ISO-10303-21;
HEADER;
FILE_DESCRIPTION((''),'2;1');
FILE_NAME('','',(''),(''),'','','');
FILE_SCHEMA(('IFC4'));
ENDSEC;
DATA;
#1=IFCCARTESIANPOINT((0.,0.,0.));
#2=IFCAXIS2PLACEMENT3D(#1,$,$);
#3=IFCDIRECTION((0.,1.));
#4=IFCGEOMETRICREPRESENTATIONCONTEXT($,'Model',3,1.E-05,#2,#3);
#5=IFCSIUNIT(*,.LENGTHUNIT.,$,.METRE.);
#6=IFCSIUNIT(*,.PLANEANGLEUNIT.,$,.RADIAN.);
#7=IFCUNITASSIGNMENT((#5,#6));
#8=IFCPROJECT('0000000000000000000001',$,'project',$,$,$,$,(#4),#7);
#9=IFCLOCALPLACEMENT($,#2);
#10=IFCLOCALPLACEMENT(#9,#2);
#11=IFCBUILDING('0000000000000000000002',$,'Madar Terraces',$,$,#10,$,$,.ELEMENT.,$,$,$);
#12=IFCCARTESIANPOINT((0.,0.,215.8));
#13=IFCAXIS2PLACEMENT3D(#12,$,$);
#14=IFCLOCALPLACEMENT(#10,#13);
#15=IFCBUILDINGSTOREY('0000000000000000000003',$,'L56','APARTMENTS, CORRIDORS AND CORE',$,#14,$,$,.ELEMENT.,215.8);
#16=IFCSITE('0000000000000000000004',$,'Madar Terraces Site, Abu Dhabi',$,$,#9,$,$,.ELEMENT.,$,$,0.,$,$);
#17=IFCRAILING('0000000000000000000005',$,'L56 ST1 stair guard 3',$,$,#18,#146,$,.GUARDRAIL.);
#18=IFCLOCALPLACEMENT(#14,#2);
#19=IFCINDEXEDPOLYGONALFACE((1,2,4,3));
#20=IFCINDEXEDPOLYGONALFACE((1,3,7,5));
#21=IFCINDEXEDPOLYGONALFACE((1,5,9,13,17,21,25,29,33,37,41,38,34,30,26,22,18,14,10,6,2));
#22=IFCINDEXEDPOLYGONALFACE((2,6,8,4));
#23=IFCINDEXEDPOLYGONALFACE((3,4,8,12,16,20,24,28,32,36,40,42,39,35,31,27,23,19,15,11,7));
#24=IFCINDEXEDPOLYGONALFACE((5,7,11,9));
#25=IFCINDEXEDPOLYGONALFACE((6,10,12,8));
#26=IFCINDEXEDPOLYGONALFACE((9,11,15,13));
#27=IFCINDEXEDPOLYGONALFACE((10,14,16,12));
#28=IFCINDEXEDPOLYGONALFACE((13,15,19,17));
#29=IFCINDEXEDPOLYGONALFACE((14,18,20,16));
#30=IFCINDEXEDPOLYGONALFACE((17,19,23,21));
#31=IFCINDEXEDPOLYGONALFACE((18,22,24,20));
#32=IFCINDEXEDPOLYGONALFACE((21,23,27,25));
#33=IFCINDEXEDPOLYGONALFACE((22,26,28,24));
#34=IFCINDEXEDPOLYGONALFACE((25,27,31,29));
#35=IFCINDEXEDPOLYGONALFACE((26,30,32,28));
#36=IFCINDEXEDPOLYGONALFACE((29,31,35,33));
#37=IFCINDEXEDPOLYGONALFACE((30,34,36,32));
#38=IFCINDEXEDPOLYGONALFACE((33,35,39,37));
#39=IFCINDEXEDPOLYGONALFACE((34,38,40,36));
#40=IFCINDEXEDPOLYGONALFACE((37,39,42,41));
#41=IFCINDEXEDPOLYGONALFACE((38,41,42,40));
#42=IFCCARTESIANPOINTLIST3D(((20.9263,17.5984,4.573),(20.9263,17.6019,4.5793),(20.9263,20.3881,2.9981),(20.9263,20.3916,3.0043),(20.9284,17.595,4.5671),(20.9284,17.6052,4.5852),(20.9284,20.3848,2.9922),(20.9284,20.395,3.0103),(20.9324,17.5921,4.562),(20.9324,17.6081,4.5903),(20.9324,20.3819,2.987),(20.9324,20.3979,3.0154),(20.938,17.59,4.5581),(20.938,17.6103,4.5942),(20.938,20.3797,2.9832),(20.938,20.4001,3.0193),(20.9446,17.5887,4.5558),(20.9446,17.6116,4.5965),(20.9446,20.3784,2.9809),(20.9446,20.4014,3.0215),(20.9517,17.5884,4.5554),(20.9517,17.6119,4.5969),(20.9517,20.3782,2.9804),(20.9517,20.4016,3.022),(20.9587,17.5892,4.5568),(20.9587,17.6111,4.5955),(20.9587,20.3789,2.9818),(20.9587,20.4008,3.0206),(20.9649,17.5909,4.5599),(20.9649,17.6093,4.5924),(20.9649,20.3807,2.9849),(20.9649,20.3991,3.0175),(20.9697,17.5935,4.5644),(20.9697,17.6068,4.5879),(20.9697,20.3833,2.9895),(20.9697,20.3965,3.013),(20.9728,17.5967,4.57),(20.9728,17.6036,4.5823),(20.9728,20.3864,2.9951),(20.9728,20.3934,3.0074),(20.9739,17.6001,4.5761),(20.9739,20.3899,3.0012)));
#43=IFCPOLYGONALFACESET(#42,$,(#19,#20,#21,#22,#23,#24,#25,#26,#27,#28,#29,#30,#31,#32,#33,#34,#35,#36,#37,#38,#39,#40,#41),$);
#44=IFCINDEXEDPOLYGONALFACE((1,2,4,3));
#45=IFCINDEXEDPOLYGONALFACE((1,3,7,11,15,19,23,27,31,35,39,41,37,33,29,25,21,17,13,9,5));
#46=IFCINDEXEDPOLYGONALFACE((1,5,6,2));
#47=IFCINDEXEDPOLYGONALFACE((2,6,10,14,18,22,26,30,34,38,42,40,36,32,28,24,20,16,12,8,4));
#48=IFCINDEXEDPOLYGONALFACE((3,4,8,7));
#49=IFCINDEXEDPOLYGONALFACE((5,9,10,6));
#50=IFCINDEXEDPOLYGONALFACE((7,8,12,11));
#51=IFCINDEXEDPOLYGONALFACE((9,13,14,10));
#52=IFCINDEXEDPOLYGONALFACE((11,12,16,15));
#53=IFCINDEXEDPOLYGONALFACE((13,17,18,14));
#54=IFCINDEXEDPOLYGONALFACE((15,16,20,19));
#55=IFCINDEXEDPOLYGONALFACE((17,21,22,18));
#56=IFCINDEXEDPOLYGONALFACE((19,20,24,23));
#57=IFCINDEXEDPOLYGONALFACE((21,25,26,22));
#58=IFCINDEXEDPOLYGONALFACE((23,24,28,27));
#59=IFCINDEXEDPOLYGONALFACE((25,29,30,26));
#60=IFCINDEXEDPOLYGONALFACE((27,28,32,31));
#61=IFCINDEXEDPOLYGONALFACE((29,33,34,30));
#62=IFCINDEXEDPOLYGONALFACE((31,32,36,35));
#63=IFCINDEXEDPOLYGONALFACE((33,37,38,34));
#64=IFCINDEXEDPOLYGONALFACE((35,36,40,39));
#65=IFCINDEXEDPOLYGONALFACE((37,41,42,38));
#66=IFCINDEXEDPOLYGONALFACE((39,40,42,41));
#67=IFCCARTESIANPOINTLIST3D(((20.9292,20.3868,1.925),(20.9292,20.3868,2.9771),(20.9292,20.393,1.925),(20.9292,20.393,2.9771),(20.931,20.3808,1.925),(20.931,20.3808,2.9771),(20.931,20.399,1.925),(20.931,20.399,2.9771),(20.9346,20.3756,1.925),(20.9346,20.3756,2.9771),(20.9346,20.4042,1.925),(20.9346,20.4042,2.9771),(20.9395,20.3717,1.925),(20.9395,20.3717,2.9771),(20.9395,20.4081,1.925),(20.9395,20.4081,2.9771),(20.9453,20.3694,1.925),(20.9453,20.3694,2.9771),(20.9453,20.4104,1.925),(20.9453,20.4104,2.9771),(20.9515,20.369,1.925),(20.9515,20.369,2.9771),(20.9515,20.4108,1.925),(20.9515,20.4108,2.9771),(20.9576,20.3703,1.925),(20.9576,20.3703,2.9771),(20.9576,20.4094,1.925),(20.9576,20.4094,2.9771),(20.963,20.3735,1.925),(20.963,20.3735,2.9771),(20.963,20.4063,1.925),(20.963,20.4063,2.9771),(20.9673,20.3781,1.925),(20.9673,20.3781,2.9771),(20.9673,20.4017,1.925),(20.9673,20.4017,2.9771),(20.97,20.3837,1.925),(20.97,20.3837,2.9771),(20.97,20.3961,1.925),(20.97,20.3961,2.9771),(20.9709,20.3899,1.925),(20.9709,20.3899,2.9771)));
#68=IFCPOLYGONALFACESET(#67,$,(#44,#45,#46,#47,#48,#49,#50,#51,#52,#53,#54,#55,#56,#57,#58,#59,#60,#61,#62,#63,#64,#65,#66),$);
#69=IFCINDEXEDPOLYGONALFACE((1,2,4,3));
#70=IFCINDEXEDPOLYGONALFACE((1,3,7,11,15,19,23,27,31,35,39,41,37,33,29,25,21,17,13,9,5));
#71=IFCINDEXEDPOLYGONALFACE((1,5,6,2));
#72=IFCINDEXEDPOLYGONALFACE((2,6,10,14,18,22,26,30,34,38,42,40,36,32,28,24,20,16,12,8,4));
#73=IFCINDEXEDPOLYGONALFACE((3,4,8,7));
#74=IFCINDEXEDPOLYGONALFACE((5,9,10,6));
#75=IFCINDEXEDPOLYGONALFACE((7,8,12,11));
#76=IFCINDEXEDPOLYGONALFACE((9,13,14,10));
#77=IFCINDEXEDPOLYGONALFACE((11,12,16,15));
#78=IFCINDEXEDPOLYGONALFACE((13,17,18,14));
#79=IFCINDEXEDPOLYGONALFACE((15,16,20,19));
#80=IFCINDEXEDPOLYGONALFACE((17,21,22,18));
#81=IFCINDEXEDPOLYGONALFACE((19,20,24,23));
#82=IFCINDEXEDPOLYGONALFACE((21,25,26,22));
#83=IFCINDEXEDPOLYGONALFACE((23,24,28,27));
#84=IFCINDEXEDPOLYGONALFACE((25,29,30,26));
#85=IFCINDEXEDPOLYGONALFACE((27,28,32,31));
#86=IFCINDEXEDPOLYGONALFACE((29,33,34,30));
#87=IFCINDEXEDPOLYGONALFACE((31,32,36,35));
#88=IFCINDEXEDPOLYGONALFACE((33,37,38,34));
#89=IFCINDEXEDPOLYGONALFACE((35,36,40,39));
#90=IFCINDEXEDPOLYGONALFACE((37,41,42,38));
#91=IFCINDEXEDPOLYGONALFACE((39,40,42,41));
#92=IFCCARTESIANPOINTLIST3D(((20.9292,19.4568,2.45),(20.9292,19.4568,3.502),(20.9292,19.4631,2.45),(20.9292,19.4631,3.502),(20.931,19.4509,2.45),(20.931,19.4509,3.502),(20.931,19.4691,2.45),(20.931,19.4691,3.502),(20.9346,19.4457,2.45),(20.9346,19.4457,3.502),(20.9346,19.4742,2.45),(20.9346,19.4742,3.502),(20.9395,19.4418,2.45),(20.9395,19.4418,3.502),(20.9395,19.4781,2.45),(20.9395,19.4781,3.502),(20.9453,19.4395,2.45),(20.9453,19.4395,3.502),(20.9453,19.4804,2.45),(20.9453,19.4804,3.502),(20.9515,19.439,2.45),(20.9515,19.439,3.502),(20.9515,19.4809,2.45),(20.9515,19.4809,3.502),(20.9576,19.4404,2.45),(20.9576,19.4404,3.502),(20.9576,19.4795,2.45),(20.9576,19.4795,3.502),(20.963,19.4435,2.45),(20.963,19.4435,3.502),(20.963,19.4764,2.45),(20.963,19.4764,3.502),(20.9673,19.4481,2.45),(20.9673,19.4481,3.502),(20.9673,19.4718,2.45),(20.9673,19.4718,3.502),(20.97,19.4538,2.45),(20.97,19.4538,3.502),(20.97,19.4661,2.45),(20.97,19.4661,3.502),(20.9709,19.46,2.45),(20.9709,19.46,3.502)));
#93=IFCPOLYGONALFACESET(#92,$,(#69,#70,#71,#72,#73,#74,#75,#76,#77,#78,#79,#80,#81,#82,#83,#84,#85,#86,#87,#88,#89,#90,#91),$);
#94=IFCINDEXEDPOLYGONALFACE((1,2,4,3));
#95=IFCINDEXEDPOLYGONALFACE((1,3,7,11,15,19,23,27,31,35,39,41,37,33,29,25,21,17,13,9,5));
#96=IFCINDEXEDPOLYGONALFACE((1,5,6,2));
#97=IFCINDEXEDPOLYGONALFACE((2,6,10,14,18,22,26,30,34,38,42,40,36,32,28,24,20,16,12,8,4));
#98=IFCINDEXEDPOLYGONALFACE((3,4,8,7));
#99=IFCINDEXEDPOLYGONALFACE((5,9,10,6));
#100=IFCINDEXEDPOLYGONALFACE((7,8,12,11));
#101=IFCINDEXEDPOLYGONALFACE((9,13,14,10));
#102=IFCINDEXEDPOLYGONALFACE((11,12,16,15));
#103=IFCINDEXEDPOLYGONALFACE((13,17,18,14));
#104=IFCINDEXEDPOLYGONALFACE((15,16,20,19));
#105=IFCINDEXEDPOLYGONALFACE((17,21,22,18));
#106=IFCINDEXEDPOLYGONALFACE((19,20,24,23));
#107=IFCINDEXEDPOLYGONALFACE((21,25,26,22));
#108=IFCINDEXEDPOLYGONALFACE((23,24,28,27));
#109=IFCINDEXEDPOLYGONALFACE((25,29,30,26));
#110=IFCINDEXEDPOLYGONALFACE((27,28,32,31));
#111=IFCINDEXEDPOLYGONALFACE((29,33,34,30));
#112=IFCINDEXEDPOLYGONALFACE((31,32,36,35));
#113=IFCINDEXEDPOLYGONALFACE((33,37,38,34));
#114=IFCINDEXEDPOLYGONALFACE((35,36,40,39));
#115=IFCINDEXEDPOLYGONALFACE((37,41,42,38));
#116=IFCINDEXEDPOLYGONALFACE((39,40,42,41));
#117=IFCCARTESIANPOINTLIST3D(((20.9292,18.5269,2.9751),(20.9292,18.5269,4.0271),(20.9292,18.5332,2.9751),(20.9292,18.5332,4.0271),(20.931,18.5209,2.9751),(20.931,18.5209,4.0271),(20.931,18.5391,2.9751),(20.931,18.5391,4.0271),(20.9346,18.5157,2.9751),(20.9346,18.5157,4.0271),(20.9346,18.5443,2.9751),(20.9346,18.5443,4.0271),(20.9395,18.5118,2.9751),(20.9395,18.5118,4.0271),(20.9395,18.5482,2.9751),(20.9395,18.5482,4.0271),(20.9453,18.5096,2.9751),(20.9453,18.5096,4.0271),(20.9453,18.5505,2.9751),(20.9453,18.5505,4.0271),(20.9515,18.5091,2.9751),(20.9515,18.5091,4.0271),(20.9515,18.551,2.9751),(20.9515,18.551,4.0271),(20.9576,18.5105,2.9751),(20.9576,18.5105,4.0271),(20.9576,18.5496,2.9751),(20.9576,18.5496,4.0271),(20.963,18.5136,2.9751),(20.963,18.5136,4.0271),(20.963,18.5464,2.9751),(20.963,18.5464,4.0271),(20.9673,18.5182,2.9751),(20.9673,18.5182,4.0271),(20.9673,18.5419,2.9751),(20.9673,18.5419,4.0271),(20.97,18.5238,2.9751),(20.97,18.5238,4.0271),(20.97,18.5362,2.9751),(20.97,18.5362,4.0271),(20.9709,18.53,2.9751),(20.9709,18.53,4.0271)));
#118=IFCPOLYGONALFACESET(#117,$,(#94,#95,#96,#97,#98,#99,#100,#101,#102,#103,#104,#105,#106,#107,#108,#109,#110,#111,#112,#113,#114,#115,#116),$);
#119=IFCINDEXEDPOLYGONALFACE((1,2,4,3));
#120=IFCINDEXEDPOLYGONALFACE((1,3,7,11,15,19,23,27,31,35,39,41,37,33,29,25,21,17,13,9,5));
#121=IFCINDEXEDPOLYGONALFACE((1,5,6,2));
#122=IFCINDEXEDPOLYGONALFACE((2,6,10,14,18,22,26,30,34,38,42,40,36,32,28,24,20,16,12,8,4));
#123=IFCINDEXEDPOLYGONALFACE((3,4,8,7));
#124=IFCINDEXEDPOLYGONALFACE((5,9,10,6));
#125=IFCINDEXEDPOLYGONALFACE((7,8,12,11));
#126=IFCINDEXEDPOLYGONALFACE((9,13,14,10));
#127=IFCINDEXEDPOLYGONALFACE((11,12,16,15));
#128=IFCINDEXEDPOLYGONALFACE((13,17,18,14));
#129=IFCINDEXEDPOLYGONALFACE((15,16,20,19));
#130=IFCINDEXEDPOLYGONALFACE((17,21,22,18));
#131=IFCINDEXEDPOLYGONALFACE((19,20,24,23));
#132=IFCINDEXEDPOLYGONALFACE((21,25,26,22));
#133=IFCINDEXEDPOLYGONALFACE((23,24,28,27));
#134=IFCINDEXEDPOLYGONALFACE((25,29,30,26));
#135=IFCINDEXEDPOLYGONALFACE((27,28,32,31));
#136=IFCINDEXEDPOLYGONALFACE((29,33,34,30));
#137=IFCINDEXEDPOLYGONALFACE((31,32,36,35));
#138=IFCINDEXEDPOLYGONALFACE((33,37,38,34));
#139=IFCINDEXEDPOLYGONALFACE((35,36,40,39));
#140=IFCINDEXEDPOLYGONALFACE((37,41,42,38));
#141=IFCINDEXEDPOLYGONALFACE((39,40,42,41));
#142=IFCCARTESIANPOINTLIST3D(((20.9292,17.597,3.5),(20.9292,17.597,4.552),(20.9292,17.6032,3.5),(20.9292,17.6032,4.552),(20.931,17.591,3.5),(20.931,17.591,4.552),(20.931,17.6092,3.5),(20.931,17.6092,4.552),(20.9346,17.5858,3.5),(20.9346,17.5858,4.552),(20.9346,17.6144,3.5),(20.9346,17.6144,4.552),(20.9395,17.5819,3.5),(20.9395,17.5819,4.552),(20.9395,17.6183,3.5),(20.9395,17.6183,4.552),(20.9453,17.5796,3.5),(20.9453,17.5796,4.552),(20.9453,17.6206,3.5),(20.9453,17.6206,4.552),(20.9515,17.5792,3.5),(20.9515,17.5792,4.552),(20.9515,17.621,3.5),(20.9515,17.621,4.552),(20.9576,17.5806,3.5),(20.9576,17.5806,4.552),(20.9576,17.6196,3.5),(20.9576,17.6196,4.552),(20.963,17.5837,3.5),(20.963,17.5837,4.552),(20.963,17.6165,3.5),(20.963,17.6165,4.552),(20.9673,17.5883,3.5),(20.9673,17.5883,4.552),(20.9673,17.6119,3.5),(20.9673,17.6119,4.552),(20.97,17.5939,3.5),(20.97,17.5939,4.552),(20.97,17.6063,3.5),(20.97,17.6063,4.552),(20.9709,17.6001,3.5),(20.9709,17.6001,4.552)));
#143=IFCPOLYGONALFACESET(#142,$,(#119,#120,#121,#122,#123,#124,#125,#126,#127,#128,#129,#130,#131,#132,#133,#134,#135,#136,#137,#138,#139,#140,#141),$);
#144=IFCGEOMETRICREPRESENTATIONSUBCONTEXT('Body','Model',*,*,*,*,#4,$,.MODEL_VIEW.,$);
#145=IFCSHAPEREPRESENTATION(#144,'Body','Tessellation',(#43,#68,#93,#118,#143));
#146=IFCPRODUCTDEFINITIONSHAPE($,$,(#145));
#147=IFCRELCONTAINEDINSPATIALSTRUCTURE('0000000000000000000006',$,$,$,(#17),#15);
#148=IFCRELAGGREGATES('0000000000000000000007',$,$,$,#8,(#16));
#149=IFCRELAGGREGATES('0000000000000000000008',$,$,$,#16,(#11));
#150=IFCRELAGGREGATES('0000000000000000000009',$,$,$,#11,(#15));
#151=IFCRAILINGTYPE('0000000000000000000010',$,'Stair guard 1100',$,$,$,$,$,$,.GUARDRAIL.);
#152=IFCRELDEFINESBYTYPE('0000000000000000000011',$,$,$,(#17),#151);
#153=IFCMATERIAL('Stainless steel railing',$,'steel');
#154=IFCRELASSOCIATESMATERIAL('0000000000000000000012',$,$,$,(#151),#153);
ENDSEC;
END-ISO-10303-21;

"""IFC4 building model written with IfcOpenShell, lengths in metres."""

from ifc_helpers import new_model, si_unit, direction, frame, origin, origin_2d, place, context, subcontext, project, spatial, circle, extrude, material, type_object, element, save


model = new_model("IFC4")

# Units and contexts
model_context = context("Model", 3, precision=1e-05, world=origin(), true_north=direction((0.0, 1.0)))
body_context = subcontext(model_context, "Body", "Model", "MODEL_VIEW")
ifc_project = project(units=[si_unit("LENGTHUNIT", "METRE"), si_unit("PLANEANGLEUNIT", "RADIAN")], contexts=[model_context])

# Site, building, storey
site_placement = place(None, origin())
site = spatial("IfcSite", under=ifc_project, at=site_placement, Name="Madar Terraces Site, Abu Dhabi", CompositionType="ELEMENT", RefElevation=0.0)
building_placement = place(site_placement, origin())
building = spatial("IfcBuilding", under=site, at=building_placement, Name="Madar Terraces", CompositionType="ELEMENT")
storey_placement = place(building_placement, frame((0.0, 0.0, 215.8)))
storey = spatial("IfcBuildingStorey", under=building, at=storey_placement, Name="L56", Description="APARTMENTS, CORRIDORS AND CORE", CompositionType="ELEMENT", Elevation=215.8)

# Railing
ifc_material_1 = material(Name="Stainless steel railing", Category="steel")
railing_type_1 = type_object("IfcRailingType", Name="Stair guard 1100", PredefinedType="GUARDRAIL", material=ifc_material_1)
railing_1_placement = place(storey_placement, frame((20.95, 20.3899, 1.925)))
element("IfcRailing", 1, at=railing_1_placement, inside=storey, type_object=railing_type_1, Name="L56 ST1 stair guard 3", PredefinedType="GUARDRAIL", context=body_context, shape_type="SweptSolid", body=[
    extrude(circle(Radius=0.0239, at=origin_2d()), frame((0.0, 0.0, 1.0762), z_axis=(0.0, -0.870815, 0.49161), x_axis=(1.0, 0.0, 0.0)), (0.0, 0.0, 1.0), 3.2036),
    extrude(circle(Radius=0.021, at=origin_2d()), origin(), (0.0, 0.0, 1.0), 1.052),
    extrude(circle(Radius=0.021, at=origin_2d()), frame((0.0, -0.9299, 0.5249)), (0.0, 0.0, 1.0), 1.052),
    extrude(circle(Radius=0.021, at=origin_2d()), frame((0.0, -1.8599, 1.05)), (0.0, 0.0, 1.0), 1.052),
    extrude(circle(Radius=0.021, at=origin_2d()), frame((0.0, -2.7898, 1.575)), (0.0, 0.0, 1.0), 1.052),
])

save(model, "model.ifc")
